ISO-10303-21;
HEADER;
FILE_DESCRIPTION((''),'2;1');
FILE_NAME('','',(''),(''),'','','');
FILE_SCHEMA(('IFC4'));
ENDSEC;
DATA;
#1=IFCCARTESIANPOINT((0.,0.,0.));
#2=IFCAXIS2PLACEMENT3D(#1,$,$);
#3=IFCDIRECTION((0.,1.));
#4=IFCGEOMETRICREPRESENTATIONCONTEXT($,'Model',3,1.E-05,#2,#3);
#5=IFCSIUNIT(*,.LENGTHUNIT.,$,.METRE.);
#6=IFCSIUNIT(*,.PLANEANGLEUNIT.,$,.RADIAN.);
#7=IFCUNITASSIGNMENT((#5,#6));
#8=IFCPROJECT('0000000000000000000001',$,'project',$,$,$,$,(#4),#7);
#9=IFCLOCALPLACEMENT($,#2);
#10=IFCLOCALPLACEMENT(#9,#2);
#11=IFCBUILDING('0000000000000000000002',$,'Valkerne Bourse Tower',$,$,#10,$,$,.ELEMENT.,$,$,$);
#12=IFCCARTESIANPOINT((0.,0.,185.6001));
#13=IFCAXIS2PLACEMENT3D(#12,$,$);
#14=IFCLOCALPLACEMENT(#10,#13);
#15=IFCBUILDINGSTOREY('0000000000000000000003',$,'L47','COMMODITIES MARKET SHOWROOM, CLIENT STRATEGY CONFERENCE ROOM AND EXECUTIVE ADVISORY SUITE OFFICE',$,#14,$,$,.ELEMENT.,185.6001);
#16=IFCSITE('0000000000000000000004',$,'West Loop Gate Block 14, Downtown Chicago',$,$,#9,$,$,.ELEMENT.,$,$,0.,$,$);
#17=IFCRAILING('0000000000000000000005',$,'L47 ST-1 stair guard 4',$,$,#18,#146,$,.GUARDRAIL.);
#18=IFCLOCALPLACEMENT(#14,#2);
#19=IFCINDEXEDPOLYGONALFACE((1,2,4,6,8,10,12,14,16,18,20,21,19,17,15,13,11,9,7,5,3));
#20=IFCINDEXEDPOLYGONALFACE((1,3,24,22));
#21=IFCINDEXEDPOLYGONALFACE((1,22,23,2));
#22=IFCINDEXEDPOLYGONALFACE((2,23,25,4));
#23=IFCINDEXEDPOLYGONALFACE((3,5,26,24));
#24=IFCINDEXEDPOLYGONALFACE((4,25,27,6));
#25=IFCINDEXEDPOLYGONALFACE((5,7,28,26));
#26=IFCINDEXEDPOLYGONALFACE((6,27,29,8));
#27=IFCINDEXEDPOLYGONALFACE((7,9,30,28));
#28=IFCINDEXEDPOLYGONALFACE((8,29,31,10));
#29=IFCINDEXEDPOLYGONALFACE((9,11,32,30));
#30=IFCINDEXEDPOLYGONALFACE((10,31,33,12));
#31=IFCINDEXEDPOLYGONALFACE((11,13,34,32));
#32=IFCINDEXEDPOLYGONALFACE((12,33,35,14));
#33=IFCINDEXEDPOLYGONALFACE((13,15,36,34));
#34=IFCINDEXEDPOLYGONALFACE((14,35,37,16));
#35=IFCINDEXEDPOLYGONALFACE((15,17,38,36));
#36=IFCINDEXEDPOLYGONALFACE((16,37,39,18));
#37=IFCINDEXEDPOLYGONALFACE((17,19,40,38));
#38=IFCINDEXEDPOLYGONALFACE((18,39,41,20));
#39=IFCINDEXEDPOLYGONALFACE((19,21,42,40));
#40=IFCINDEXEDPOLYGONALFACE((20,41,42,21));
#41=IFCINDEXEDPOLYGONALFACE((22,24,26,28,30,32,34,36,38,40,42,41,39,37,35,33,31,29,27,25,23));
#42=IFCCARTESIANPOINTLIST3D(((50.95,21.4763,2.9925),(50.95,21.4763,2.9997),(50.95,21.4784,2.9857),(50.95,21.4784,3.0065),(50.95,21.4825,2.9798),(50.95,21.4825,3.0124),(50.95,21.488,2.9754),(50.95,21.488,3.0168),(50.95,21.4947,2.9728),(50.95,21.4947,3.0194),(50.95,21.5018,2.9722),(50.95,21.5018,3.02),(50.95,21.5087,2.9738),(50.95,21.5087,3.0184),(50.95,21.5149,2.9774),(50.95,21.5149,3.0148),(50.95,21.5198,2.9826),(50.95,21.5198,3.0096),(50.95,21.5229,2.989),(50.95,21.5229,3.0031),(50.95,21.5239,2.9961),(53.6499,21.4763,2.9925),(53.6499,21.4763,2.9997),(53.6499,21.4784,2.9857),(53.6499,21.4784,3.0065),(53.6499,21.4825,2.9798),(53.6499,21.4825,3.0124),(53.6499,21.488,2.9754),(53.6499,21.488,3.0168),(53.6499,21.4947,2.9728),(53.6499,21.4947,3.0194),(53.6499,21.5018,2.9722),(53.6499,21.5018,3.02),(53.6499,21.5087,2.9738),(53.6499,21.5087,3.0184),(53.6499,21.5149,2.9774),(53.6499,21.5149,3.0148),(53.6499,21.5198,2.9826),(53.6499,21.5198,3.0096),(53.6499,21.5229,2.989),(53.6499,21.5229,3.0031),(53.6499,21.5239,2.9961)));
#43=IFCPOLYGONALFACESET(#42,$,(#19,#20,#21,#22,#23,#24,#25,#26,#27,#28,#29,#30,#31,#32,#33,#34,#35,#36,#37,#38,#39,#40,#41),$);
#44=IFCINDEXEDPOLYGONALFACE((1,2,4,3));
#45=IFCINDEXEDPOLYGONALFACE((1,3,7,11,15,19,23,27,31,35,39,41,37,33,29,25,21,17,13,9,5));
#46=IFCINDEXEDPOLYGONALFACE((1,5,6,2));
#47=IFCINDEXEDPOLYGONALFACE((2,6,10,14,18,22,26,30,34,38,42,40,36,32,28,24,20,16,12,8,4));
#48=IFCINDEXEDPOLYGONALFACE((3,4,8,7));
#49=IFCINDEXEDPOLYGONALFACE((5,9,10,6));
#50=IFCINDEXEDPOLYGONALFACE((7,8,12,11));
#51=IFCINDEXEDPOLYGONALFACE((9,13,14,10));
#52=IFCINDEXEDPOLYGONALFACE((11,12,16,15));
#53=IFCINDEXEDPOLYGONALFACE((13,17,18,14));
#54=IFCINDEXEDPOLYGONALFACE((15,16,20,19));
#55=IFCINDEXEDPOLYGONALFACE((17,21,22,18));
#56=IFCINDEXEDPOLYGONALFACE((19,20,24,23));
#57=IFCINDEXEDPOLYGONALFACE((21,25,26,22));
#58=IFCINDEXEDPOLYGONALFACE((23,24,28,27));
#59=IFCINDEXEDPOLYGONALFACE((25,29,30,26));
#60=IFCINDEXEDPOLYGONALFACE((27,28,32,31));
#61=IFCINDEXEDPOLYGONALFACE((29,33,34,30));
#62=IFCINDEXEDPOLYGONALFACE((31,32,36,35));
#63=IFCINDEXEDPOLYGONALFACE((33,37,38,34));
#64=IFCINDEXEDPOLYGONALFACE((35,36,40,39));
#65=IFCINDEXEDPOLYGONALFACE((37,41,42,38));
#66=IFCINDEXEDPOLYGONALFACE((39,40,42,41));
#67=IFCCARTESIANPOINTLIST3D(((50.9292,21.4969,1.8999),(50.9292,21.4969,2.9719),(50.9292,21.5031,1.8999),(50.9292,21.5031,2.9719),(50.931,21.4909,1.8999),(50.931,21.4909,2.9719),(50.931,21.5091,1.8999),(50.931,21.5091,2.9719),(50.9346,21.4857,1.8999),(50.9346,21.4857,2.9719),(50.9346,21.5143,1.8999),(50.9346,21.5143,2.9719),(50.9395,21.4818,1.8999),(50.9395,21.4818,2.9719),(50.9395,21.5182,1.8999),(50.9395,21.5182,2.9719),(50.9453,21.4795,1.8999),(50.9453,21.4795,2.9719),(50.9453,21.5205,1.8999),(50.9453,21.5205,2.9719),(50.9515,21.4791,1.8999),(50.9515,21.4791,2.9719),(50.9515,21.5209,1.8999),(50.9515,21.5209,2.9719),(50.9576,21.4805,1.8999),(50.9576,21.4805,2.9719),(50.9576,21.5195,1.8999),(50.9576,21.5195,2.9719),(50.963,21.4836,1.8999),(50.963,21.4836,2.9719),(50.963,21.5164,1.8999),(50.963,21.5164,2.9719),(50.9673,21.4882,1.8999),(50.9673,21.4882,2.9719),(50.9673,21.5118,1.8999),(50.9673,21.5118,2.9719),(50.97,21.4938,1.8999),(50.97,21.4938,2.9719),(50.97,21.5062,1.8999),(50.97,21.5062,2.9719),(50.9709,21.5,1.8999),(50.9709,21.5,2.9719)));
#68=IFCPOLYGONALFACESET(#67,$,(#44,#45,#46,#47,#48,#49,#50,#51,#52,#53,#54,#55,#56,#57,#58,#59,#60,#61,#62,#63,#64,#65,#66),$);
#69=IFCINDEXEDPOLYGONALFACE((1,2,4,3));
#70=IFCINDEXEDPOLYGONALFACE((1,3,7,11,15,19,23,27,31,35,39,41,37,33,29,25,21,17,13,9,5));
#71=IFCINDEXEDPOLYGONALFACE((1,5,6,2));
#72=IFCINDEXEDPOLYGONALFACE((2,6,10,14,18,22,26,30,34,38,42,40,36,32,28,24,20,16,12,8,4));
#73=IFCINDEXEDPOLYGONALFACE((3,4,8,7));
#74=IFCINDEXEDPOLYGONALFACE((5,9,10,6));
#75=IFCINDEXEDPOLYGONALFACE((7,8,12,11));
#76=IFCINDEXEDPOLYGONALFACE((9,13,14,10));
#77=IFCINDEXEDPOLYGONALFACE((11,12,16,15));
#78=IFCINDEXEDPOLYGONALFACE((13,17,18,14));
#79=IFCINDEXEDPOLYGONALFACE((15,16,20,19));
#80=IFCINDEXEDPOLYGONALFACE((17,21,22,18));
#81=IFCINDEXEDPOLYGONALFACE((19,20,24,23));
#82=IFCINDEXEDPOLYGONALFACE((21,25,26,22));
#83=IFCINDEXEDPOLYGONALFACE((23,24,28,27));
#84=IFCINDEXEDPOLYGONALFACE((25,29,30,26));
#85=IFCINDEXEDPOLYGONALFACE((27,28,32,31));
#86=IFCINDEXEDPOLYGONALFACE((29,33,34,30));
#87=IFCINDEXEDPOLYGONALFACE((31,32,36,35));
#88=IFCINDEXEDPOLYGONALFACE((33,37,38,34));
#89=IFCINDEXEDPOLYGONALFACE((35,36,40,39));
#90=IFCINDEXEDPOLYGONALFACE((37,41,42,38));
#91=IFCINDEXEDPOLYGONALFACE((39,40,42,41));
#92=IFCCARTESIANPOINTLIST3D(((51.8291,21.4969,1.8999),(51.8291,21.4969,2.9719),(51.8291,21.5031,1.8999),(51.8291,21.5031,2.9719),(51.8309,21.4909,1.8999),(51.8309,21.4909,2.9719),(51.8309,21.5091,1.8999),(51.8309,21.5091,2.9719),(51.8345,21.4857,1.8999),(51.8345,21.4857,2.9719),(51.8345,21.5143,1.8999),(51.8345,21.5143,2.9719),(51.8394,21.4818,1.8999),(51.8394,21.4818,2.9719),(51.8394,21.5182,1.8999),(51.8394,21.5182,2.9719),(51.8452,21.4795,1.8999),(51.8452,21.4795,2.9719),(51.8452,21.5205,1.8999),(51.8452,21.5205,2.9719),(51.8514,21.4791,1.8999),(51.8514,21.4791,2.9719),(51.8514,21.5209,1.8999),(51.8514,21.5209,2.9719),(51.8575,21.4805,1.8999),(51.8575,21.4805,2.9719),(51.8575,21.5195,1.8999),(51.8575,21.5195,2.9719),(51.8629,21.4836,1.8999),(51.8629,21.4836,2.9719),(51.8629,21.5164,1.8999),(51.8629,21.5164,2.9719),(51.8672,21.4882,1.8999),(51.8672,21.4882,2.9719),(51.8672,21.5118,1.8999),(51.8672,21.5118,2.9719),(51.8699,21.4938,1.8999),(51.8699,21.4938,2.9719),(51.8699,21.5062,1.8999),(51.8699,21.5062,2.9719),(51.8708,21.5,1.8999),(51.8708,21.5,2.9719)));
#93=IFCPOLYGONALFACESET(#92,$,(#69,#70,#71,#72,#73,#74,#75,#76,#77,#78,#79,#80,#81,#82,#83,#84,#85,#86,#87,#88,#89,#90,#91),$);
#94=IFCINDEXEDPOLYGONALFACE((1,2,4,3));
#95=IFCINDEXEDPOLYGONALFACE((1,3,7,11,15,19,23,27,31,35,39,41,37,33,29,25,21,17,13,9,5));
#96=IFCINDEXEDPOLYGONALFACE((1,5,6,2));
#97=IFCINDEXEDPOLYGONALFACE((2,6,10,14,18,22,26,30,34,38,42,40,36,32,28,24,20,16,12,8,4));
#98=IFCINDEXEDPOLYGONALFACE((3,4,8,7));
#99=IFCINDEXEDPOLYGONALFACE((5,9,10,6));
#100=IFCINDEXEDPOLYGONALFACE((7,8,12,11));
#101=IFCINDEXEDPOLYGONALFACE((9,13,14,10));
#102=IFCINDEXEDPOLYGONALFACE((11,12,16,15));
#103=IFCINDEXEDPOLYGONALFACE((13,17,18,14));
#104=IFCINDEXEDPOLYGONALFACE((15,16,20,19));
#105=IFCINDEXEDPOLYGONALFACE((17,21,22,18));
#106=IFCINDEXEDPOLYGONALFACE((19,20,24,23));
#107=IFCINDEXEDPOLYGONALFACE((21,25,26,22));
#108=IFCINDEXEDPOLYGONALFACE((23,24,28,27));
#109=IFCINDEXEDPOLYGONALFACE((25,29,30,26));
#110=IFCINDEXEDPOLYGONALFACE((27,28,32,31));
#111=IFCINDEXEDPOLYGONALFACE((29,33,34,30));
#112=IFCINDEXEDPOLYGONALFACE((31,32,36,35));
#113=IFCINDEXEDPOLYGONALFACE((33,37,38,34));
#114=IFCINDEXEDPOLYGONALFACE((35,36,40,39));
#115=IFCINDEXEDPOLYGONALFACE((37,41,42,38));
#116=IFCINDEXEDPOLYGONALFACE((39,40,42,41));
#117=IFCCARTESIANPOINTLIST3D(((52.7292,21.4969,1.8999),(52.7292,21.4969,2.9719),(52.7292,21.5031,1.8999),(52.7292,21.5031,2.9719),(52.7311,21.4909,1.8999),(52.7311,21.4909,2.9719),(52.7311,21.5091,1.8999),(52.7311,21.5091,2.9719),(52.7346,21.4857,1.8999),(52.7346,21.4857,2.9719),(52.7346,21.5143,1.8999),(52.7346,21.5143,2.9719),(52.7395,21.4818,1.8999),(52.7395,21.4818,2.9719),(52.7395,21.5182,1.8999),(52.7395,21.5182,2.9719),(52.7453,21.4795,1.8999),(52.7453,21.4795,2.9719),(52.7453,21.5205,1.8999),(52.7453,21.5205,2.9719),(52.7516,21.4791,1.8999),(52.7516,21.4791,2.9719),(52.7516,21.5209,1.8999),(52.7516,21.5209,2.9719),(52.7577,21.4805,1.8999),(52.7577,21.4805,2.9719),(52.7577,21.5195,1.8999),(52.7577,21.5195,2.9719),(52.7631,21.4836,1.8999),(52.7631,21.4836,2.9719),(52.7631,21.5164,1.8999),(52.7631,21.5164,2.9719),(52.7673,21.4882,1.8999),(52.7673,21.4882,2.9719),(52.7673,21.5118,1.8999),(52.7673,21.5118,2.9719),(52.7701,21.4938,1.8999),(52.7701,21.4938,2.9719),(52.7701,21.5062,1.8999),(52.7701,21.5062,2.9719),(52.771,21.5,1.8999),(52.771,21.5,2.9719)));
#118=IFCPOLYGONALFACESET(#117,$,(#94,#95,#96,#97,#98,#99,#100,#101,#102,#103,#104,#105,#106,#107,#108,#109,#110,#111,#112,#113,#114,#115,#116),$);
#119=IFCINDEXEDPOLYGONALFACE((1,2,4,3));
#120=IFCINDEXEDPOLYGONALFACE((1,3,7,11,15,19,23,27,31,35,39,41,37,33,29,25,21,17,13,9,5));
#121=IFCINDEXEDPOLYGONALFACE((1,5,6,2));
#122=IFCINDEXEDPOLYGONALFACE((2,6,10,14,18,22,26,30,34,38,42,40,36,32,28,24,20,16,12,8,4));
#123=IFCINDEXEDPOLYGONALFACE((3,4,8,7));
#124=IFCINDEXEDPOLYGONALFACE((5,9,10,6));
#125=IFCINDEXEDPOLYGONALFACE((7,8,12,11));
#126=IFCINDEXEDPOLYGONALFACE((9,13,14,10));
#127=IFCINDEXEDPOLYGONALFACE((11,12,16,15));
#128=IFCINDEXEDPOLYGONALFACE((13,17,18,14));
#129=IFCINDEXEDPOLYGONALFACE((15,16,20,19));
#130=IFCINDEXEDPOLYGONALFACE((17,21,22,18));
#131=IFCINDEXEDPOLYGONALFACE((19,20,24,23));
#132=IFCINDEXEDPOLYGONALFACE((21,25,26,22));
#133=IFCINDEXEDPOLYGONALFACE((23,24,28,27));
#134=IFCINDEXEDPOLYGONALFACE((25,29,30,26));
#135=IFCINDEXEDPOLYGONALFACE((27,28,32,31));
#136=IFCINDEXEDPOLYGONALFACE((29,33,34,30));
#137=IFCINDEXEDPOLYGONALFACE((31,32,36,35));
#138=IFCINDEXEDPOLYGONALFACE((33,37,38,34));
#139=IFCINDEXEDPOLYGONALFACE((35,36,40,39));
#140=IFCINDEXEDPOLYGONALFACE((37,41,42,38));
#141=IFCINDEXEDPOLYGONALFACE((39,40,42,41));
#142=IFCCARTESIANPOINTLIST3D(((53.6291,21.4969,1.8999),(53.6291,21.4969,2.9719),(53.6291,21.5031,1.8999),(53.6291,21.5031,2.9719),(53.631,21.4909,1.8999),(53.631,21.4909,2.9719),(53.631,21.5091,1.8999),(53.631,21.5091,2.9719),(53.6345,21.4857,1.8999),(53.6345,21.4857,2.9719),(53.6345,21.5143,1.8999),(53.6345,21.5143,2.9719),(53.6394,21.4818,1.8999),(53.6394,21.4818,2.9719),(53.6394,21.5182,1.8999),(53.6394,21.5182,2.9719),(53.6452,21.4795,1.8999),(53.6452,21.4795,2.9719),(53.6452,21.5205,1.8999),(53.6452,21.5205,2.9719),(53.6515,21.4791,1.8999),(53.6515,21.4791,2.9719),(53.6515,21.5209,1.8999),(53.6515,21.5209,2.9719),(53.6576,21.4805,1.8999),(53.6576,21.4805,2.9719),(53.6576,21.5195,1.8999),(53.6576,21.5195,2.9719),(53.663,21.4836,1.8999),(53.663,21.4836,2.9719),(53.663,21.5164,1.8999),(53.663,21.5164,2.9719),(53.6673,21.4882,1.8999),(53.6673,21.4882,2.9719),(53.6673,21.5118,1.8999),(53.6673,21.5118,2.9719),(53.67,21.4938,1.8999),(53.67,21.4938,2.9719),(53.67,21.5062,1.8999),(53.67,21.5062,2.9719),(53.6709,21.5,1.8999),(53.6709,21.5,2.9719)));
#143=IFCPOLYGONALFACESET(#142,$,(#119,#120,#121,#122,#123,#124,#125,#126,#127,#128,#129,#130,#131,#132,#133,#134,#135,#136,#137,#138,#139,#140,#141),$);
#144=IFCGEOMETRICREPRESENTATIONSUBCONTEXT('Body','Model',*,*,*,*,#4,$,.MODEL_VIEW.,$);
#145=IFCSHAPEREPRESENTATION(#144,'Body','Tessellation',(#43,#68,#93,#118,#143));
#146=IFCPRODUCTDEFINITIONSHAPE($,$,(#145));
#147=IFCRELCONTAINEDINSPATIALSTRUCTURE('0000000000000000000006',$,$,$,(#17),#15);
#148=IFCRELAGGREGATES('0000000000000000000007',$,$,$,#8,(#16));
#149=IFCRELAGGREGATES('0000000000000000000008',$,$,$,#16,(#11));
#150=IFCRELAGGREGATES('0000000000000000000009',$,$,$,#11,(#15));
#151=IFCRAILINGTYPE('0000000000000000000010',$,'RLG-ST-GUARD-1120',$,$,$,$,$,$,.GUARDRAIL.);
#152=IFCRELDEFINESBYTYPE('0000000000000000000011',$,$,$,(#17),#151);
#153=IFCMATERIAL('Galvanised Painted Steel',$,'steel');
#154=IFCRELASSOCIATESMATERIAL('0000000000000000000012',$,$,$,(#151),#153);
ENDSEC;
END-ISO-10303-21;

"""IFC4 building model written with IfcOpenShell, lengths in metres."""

from ifc_helpers import new_model, si_unit, direction, frame, origin, origin_2d, place, context, subcontext, project, spatial, circle, extrude, material, type_object, element, save


model = new_model("IFC4")

# Units and contexts
model_context = context("Model", 3, precision=1e-05, world=origin(), true_north=direction((0.0, 1.0)))
body_context = subcontext(model_context, "Body", "Model", "MODEL_VIEW")
ifc_project = project(units=[si_unit("LENGTHUNIT", "METRE"), si_unit("PLANEANGLEUNIT", "RADIAN")], contexts=[model_context])

# Site, building, storey
site_placement = place(None, origin())
site = spatial("IfcSite", under=ifc_project, at=site_placement, Name="West Loop Gate Block 14, Downtown Chicago", CompositionType="ELEMENT", RefElevation=0.0)
building_placement = place(site_placement, origin())
building = spatial("IfcBuilding", under=site, at=building_placement, Name="Valkerne Bourse Tower", CompositionType="ELEMENT")
storey_placement = place(building_placement, frame((0.0, 0.0, 185.6001)))
storey = spatial("IfcBuildingStorey", under=building, at=storey_placement, Name="L47", Description="COMMODITIES MARKET SHOWROOM, CLIENT STRATEGY CONFERENCE ROOM AND EXECUTIVE ADVISORY SUITE OFFICE", CompositionType="ELEMENT", Elevation=185.6001)

# Shared definitions
ifc_material_1 = material(Name="Galvanised Painted Steel", Category="steel")

# Railing
railing_type_1 = type_object("IfcRailingType", Name="RLG-ST-GUARD-1120", PredefinedType="GUARDRAIL", material=ifc_material_1)
for number, where, name in (
    (1, (50.95, 21.5, 1.8999), "L47 ST-1 stair guard 4"),
):
    element("IfcRailing", number, at=place(storey_placement, frame(where)), inside=storey, type_object=railing_type_1, Name=name, PredefinedType="GUARDRAIL", context=body_context, shape_type="SweptSolid", body=[
        extrude(circle(Radius=0.0239, at=origin_2d()), frame((0.0, 0.0, 1.0962), z_axis=(1.0, 0.0, 0.0), x_axis=(0.0, 1.0, 0.0)), (0.0, 0.0, 1.0), 2.7),
        extrude(circle(Radius=0.021, at=origin_2d()), origin(), (0.0, 0.0, 1.0), 1.072),
        extrude(circle(Radius=0.021, at=origin_2d()), frame((0.8999, 0.0, 0.0)), (0.0, 0.0, 1.0), 1.072),
        extrude(circle(Radius=0.021, at=origin_2d()), frame((1.8, 0.0, 0.0)), (0.0, 0.0, 1.0), 1.072),
        extrude(circle(Radius=0.021, at=origin_2d()), frame((2.7, 0.0, 0.0)), (0.0, 0.0, 1.0), 1.072),
    ])

save(model, "model.ifc")
